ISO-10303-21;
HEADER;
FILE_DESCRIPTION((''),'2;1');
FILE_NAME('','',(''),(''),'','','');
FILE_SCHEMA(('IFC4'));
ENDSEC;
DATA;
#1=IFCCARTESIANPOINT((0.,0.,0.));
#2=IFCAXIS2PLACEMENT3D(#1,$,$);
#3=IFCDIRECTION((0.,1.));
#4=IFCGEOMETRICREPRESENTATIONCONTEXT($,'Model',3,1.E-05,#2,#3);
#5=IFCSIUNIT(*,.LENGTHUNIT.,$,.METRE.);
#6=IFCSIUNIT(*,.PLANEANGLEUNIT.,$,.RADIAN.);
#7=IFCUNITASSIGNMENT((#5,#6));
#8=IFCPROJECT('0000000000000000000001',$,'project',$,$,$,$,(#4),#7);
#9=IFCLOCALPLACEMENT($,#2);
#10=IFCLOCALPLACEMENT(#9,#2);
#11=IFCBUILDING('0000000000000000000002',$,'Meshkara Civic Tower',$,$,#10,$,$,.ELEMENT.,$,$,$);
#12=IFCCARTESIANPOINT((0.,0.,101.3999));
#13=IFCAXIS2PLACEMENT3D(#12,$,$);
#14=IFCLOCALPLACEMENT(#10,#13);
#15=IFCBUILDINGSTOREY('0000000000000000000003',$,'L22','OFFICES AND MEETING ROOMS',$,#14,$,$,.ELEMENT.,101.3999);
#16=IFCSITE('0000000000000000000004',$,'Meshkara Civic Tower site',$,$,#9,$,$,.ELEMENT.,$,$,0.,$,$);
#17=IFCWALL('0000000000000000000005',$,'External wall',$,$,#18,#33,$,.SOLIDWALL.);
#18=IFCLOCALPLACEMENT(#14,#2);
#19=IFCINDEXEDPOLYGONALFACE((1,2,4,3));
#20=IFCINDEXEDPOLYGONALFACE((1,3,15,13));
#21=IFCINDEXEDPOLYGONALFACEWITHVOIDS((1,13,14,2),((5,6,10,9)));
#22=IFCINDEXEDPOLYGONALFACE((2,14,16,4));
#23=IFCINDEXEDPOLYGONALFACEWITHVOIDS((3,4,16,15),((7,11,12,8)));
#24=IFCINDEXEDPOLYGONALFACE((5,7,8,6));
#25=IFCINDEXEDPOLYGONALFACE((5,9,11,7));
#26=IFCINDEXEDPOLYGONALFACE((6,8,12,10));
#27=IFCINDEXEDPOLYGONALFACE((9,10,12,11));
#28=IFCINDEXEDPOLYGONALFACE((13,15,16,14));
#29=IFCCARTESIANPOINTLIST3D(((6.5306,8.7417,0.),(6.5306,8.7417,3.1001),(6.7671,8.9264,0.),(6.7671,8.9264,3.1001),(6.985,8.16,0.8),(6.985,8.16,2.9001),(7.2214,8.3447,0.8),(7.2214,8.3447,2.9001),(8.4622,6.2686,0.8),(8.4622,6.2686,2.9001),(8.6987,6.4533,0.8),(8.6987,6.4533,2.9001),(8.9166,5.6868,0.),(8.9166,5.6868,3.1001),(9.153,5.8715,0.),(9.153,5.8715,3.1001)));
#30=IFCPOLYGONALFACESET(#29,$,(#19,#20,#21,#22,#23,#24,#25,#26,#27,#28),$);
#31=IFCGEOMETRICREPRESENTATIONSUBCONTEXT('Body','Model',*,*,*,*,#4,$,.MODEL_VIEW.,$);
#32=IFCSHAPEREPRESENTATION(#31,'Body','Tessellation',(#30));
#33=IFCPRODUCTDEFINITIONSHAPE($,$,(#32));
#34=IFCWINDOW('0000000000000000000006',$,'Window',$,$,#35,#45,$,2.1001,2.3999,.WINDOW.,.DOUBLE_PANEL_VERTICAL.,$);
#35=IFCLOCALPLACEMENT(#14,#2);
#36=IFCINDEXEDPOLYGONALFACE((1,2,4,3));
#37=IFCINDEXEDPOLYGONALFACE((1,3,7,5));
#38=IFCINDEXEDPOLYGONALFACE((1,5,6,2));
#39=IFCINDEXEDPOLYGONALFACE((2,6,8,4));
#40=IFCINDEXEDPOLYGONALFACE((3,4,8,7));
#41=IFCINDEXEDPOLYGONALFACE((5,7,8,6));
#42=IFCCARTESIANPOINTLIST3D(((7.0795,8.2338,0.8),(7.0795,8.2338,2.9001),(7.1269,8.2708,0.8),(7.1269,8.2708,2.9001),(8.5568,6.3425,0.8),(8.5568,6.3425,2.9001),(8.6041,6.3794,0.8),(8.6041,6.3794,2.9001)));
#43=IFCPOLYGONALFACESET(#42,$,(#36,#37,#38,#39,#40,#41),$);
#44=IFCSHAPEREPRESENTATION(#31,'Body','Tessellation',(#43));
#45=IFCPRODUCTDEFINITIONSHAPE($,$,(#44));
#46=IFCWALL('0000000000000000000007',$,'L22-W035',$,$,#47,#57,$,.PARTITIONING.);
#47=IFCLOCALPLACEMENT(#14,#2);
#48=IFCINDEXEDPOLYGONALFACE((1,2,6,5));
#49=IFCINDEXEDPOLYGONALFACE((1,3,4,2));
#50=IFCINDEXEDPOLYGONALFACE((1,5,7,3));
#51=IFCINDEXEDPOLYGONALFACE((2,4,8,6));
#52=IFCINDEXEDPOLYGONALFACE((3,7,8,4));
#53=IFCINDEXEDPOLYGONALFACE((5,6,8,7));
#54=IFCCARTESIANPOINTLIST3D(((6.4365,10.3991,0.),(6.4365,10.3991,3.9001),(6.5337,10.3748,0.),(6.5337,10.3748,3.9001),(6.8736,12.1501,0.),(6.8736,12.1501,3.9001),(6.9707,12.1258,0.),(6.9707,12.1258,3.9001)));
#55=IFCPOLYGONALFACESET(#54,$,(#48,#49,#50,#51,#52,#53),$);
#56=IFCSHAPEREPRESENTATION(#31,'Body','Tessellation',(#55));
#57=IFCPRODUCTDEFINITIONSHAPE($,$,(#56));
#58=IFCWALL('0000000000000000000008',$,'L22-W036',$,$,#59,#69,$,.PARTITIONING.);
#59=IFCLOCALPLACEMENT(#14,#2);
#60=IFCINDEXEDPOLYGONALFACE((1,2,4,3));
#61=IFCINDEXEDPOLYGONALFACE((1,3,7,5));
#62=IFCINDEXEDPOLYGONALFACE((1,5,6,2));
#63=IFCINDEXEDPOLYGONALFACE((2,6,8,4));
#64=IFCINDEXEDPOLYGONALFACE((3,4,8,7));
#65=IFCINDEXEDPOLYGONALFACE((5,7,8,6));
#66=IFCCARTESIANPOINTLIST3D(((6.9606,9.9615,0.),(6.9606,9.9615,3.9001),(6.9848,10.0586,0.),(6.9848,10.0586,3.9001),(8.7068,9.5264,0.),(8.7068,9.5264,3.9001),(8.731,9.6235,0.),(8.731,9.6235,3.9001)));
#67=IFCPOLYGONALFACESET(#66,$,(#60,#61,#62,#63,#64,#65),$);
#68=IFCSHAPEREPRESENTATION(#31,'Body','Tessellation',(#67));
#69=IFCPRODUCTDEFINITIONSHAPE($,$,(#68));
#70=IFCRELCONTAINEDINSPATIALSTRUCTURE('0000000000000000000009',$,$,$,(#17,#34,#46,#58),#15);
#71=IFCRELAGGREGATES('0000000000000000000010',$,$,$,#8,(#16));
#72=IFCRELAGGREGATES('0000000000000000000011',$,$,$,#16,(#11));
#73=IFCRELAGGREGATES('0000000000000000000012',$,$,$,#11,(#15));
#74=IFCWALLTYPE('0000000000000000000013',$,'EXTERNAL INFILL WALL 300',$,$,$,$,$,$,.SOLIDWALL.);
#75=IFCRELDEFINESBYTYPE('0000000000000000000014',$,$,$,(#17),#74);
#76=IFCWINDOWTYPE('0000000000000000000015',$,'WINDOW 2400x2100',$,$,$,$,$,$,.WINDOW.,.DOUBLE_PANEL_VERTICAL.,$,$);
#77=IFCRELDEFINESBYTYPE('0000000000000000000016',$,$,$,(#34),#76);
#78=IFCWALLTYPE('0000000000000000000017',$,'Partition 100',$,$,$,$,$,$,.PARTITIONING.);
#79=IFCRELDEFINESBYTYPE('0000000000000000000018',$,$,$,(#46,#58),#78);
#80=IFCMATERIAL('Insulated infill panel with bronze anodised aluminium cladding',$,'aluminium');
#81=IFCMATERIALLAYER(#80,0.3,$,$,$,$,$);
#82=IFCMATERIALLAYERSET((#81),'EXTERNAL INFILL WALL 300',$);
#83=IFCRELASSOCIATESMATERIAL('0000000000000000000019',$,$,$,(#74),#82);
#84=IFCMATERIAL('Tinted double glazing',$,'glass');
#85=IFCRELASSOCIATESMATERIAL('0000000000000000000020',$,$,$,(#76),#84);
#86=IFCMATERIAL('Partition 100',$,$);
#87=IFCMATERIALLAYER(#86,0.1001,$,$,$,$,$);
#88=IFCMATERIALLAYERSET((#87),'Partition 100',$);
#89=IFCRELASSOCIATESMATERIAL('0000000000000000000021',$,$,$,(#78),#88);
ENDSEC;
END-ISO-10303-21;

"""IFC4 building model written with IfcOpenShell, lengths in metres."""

from ifc_helpers import new_model, si_unit, direction, frame, frame_2d, origin, place, context, subcontext, project, spatial, rectangle, extrude, material, layer, layer_set, type_object, element, fill, save


model = new_model("IFC4")

# Units and contexts
model_context = context("Model", 3, precision=1e-05, world=origin(), true_north=direction((0.0, 1.0)))
body_context = subcontext(model_context, "Body", "Model", "MODEL_VIEW")
ifc_project = project(units=[si_unit("LENGTHUNIT", "METRE"), si_unit("PLANEANGLEUNIT", "RADIAN")], contexts=[model_context])

# Site, building, storey
site_placement = place(None, origin())
site = spatial("IfcSite", under=ifc_project, at=site_placement, Name="Meshkara Civic Tower site", CompositionType="ELEMENT", RefElevation=0.0)
building_placement = place(site_placement, origin())
building = spatial("IfcBuilding", under=site, at=building_placement, Name="Meshkara Civic Tower", CompositionType="ELEMENT")
storey_placement = place(building_placement, frame((0.0, 0.0, 101.3999)))
storey = spatial("IfcBuildingStorey", under=building, at=storey_placement, Name="L22", Description="OFFICES AND MEETING ROOMS", CompositionType="ELEMENT", Elevation=101.3999)

# Wall, opening, window
ifc_material_1 = material(Name="Insulated infill panel with bronze anodised aluminium cladding", Category="aluminium")
ifc_layer_1 = layer(ifc_material_1, 0.3)
ifc_layer_set_1 = layer_set([ifc_layer_1], Name="EXTERNAL INFILL WALL 300")
wall_type_1 = type_object("IfcWallType", Name="EXTERNAL INFILL WALL 300", PredefinedType="SOLIDWALL", material=ifc_layer_set_1)
wall_1_placement = place(storey_placement, frame((6.6489, 8.834, 0.0), z_axis=(0.0, 0.0, 1.0), x_axis=(0.615535, -0.788109, 0.0)))
wall_1 = element("IfcWall", 1, at=wall_1_placement, inside=storey, type_object=wall_type_1, Name="External wall", PredefinedType="SOLIDWALL", context=body_context, shape_type="SweptSolid", body=[
    extrude(rectangle(XDim=3.8762, YDim=0.3, at=frame_2d((1.938, 0.0))), origin(), (0.0, 0.0, 1.0), 3.1001),
])
opening_1_placement = place(wall_1_placement, frame((0.738, 0.0, 0.8)))
opening_1 = element("IfcOpeningElement", 2, at=opening_1_placement, cuts=wall_1, PredefinedType="OPENING", context=body_context, shape_type="SweptSolid", body=[
    extrude(rectangle(XDim=2.3999, YDim=2.1001, at=frame_2d((1.2, 1.05))), frame((0.0, 0.1599, 0.0), z_axis=(0.0, -1.0, 0.0), x_axis=(1.0, 0.0, 0.0)), (0.0, 0.0, 1.0), 0.3201),
])
ifc_material_2 = material(Name="Tinted double glazing", Category="glass")
window_type = type_object("IfcWindowType", Name="WINDOW 2400x2100", PartitioningType="DOUBLE_PANEL_VERTICAL", PredefinedType="WINDOW", material=ifc_material_2)
window_placement = place(opening_1_placement, origin())
window = element("IfcWindow", 3, at=window_placement, inside=storey, type_object=window_type, Name="Window", OverallHeight=2.1001, OverallWidth=2.3999, PartitioningType="DOUBLE_PANEL_VERTICAL", PredefinedType="WINDOW", context=body_context, shape_type="SweptSolid", body=[
    extrude(rectangle(XDim=2.3999, YDim=2.1001, at=frame_2d((1.2, 1.05))), frame((0.0, 0.03, 0.0), z_axis=(0.0, -1.0, 0.0), x_axis=(1.0, 0.0, 0.0)), (0.0, 0.0, 1.0), 0.0601),
])
fill(opening_1, window)

# Walls
ifc_material_3 = material(Name="Partition 100")
ifc_layer_2 = layer(ifc_material_3, 0.1001)
ifc_layer_set_2 = layer_set([ifc_layer_2], Name="Partition 100")
wall_type_2 = type_object("IfcWallType", Name="Partition 100", PredefinedType="PARTITIONING", material=ifc_layer_set_2)
wall_2_placement = place(storey_placement, frame((6.9221, 12.1379, 0.0), z_axis=(0.0, 0.0, 1.0), x_axis=(-0.242154, -0.970238, 0.0)))
element("IfcWall", 4, at=wall_2_placement, inside=storey, type_object=wall_type_2, Name="L22-W035", PredefinedType="PARTITIONING", context=body_context, shape_type="SweptSolid", body=[
    extrude(rectangle(XDim=1.8047, YDim=0.1001, at=frame_2d((0.9023, 0.0))), origin(), (0.0, 0.0, 1.0), 3.9001),
])
wall_3_placement = place(storey_placement, frame((8.719, 9.575, 0.0), z_axis=(0.0, 0.0, 1.0), x_axis=(-0.970334, 0.241769, 0.0)))
element("IfcWall", 5, at=wall_3_placement, inside=storey, type_object=wall_type_2, Name="L22-W036", PredefinedType="PARTITIONING", context=body_context, shape_type="SweptSolid", body=[
    extrude(rectangle(XDim=1.7996, YDim=0.1001, at=frame_2d((0.8999, 0.0))), origin(), (0.0, 0.0, 1.0), 3.9001),
])

save(model, "model.ifc")
